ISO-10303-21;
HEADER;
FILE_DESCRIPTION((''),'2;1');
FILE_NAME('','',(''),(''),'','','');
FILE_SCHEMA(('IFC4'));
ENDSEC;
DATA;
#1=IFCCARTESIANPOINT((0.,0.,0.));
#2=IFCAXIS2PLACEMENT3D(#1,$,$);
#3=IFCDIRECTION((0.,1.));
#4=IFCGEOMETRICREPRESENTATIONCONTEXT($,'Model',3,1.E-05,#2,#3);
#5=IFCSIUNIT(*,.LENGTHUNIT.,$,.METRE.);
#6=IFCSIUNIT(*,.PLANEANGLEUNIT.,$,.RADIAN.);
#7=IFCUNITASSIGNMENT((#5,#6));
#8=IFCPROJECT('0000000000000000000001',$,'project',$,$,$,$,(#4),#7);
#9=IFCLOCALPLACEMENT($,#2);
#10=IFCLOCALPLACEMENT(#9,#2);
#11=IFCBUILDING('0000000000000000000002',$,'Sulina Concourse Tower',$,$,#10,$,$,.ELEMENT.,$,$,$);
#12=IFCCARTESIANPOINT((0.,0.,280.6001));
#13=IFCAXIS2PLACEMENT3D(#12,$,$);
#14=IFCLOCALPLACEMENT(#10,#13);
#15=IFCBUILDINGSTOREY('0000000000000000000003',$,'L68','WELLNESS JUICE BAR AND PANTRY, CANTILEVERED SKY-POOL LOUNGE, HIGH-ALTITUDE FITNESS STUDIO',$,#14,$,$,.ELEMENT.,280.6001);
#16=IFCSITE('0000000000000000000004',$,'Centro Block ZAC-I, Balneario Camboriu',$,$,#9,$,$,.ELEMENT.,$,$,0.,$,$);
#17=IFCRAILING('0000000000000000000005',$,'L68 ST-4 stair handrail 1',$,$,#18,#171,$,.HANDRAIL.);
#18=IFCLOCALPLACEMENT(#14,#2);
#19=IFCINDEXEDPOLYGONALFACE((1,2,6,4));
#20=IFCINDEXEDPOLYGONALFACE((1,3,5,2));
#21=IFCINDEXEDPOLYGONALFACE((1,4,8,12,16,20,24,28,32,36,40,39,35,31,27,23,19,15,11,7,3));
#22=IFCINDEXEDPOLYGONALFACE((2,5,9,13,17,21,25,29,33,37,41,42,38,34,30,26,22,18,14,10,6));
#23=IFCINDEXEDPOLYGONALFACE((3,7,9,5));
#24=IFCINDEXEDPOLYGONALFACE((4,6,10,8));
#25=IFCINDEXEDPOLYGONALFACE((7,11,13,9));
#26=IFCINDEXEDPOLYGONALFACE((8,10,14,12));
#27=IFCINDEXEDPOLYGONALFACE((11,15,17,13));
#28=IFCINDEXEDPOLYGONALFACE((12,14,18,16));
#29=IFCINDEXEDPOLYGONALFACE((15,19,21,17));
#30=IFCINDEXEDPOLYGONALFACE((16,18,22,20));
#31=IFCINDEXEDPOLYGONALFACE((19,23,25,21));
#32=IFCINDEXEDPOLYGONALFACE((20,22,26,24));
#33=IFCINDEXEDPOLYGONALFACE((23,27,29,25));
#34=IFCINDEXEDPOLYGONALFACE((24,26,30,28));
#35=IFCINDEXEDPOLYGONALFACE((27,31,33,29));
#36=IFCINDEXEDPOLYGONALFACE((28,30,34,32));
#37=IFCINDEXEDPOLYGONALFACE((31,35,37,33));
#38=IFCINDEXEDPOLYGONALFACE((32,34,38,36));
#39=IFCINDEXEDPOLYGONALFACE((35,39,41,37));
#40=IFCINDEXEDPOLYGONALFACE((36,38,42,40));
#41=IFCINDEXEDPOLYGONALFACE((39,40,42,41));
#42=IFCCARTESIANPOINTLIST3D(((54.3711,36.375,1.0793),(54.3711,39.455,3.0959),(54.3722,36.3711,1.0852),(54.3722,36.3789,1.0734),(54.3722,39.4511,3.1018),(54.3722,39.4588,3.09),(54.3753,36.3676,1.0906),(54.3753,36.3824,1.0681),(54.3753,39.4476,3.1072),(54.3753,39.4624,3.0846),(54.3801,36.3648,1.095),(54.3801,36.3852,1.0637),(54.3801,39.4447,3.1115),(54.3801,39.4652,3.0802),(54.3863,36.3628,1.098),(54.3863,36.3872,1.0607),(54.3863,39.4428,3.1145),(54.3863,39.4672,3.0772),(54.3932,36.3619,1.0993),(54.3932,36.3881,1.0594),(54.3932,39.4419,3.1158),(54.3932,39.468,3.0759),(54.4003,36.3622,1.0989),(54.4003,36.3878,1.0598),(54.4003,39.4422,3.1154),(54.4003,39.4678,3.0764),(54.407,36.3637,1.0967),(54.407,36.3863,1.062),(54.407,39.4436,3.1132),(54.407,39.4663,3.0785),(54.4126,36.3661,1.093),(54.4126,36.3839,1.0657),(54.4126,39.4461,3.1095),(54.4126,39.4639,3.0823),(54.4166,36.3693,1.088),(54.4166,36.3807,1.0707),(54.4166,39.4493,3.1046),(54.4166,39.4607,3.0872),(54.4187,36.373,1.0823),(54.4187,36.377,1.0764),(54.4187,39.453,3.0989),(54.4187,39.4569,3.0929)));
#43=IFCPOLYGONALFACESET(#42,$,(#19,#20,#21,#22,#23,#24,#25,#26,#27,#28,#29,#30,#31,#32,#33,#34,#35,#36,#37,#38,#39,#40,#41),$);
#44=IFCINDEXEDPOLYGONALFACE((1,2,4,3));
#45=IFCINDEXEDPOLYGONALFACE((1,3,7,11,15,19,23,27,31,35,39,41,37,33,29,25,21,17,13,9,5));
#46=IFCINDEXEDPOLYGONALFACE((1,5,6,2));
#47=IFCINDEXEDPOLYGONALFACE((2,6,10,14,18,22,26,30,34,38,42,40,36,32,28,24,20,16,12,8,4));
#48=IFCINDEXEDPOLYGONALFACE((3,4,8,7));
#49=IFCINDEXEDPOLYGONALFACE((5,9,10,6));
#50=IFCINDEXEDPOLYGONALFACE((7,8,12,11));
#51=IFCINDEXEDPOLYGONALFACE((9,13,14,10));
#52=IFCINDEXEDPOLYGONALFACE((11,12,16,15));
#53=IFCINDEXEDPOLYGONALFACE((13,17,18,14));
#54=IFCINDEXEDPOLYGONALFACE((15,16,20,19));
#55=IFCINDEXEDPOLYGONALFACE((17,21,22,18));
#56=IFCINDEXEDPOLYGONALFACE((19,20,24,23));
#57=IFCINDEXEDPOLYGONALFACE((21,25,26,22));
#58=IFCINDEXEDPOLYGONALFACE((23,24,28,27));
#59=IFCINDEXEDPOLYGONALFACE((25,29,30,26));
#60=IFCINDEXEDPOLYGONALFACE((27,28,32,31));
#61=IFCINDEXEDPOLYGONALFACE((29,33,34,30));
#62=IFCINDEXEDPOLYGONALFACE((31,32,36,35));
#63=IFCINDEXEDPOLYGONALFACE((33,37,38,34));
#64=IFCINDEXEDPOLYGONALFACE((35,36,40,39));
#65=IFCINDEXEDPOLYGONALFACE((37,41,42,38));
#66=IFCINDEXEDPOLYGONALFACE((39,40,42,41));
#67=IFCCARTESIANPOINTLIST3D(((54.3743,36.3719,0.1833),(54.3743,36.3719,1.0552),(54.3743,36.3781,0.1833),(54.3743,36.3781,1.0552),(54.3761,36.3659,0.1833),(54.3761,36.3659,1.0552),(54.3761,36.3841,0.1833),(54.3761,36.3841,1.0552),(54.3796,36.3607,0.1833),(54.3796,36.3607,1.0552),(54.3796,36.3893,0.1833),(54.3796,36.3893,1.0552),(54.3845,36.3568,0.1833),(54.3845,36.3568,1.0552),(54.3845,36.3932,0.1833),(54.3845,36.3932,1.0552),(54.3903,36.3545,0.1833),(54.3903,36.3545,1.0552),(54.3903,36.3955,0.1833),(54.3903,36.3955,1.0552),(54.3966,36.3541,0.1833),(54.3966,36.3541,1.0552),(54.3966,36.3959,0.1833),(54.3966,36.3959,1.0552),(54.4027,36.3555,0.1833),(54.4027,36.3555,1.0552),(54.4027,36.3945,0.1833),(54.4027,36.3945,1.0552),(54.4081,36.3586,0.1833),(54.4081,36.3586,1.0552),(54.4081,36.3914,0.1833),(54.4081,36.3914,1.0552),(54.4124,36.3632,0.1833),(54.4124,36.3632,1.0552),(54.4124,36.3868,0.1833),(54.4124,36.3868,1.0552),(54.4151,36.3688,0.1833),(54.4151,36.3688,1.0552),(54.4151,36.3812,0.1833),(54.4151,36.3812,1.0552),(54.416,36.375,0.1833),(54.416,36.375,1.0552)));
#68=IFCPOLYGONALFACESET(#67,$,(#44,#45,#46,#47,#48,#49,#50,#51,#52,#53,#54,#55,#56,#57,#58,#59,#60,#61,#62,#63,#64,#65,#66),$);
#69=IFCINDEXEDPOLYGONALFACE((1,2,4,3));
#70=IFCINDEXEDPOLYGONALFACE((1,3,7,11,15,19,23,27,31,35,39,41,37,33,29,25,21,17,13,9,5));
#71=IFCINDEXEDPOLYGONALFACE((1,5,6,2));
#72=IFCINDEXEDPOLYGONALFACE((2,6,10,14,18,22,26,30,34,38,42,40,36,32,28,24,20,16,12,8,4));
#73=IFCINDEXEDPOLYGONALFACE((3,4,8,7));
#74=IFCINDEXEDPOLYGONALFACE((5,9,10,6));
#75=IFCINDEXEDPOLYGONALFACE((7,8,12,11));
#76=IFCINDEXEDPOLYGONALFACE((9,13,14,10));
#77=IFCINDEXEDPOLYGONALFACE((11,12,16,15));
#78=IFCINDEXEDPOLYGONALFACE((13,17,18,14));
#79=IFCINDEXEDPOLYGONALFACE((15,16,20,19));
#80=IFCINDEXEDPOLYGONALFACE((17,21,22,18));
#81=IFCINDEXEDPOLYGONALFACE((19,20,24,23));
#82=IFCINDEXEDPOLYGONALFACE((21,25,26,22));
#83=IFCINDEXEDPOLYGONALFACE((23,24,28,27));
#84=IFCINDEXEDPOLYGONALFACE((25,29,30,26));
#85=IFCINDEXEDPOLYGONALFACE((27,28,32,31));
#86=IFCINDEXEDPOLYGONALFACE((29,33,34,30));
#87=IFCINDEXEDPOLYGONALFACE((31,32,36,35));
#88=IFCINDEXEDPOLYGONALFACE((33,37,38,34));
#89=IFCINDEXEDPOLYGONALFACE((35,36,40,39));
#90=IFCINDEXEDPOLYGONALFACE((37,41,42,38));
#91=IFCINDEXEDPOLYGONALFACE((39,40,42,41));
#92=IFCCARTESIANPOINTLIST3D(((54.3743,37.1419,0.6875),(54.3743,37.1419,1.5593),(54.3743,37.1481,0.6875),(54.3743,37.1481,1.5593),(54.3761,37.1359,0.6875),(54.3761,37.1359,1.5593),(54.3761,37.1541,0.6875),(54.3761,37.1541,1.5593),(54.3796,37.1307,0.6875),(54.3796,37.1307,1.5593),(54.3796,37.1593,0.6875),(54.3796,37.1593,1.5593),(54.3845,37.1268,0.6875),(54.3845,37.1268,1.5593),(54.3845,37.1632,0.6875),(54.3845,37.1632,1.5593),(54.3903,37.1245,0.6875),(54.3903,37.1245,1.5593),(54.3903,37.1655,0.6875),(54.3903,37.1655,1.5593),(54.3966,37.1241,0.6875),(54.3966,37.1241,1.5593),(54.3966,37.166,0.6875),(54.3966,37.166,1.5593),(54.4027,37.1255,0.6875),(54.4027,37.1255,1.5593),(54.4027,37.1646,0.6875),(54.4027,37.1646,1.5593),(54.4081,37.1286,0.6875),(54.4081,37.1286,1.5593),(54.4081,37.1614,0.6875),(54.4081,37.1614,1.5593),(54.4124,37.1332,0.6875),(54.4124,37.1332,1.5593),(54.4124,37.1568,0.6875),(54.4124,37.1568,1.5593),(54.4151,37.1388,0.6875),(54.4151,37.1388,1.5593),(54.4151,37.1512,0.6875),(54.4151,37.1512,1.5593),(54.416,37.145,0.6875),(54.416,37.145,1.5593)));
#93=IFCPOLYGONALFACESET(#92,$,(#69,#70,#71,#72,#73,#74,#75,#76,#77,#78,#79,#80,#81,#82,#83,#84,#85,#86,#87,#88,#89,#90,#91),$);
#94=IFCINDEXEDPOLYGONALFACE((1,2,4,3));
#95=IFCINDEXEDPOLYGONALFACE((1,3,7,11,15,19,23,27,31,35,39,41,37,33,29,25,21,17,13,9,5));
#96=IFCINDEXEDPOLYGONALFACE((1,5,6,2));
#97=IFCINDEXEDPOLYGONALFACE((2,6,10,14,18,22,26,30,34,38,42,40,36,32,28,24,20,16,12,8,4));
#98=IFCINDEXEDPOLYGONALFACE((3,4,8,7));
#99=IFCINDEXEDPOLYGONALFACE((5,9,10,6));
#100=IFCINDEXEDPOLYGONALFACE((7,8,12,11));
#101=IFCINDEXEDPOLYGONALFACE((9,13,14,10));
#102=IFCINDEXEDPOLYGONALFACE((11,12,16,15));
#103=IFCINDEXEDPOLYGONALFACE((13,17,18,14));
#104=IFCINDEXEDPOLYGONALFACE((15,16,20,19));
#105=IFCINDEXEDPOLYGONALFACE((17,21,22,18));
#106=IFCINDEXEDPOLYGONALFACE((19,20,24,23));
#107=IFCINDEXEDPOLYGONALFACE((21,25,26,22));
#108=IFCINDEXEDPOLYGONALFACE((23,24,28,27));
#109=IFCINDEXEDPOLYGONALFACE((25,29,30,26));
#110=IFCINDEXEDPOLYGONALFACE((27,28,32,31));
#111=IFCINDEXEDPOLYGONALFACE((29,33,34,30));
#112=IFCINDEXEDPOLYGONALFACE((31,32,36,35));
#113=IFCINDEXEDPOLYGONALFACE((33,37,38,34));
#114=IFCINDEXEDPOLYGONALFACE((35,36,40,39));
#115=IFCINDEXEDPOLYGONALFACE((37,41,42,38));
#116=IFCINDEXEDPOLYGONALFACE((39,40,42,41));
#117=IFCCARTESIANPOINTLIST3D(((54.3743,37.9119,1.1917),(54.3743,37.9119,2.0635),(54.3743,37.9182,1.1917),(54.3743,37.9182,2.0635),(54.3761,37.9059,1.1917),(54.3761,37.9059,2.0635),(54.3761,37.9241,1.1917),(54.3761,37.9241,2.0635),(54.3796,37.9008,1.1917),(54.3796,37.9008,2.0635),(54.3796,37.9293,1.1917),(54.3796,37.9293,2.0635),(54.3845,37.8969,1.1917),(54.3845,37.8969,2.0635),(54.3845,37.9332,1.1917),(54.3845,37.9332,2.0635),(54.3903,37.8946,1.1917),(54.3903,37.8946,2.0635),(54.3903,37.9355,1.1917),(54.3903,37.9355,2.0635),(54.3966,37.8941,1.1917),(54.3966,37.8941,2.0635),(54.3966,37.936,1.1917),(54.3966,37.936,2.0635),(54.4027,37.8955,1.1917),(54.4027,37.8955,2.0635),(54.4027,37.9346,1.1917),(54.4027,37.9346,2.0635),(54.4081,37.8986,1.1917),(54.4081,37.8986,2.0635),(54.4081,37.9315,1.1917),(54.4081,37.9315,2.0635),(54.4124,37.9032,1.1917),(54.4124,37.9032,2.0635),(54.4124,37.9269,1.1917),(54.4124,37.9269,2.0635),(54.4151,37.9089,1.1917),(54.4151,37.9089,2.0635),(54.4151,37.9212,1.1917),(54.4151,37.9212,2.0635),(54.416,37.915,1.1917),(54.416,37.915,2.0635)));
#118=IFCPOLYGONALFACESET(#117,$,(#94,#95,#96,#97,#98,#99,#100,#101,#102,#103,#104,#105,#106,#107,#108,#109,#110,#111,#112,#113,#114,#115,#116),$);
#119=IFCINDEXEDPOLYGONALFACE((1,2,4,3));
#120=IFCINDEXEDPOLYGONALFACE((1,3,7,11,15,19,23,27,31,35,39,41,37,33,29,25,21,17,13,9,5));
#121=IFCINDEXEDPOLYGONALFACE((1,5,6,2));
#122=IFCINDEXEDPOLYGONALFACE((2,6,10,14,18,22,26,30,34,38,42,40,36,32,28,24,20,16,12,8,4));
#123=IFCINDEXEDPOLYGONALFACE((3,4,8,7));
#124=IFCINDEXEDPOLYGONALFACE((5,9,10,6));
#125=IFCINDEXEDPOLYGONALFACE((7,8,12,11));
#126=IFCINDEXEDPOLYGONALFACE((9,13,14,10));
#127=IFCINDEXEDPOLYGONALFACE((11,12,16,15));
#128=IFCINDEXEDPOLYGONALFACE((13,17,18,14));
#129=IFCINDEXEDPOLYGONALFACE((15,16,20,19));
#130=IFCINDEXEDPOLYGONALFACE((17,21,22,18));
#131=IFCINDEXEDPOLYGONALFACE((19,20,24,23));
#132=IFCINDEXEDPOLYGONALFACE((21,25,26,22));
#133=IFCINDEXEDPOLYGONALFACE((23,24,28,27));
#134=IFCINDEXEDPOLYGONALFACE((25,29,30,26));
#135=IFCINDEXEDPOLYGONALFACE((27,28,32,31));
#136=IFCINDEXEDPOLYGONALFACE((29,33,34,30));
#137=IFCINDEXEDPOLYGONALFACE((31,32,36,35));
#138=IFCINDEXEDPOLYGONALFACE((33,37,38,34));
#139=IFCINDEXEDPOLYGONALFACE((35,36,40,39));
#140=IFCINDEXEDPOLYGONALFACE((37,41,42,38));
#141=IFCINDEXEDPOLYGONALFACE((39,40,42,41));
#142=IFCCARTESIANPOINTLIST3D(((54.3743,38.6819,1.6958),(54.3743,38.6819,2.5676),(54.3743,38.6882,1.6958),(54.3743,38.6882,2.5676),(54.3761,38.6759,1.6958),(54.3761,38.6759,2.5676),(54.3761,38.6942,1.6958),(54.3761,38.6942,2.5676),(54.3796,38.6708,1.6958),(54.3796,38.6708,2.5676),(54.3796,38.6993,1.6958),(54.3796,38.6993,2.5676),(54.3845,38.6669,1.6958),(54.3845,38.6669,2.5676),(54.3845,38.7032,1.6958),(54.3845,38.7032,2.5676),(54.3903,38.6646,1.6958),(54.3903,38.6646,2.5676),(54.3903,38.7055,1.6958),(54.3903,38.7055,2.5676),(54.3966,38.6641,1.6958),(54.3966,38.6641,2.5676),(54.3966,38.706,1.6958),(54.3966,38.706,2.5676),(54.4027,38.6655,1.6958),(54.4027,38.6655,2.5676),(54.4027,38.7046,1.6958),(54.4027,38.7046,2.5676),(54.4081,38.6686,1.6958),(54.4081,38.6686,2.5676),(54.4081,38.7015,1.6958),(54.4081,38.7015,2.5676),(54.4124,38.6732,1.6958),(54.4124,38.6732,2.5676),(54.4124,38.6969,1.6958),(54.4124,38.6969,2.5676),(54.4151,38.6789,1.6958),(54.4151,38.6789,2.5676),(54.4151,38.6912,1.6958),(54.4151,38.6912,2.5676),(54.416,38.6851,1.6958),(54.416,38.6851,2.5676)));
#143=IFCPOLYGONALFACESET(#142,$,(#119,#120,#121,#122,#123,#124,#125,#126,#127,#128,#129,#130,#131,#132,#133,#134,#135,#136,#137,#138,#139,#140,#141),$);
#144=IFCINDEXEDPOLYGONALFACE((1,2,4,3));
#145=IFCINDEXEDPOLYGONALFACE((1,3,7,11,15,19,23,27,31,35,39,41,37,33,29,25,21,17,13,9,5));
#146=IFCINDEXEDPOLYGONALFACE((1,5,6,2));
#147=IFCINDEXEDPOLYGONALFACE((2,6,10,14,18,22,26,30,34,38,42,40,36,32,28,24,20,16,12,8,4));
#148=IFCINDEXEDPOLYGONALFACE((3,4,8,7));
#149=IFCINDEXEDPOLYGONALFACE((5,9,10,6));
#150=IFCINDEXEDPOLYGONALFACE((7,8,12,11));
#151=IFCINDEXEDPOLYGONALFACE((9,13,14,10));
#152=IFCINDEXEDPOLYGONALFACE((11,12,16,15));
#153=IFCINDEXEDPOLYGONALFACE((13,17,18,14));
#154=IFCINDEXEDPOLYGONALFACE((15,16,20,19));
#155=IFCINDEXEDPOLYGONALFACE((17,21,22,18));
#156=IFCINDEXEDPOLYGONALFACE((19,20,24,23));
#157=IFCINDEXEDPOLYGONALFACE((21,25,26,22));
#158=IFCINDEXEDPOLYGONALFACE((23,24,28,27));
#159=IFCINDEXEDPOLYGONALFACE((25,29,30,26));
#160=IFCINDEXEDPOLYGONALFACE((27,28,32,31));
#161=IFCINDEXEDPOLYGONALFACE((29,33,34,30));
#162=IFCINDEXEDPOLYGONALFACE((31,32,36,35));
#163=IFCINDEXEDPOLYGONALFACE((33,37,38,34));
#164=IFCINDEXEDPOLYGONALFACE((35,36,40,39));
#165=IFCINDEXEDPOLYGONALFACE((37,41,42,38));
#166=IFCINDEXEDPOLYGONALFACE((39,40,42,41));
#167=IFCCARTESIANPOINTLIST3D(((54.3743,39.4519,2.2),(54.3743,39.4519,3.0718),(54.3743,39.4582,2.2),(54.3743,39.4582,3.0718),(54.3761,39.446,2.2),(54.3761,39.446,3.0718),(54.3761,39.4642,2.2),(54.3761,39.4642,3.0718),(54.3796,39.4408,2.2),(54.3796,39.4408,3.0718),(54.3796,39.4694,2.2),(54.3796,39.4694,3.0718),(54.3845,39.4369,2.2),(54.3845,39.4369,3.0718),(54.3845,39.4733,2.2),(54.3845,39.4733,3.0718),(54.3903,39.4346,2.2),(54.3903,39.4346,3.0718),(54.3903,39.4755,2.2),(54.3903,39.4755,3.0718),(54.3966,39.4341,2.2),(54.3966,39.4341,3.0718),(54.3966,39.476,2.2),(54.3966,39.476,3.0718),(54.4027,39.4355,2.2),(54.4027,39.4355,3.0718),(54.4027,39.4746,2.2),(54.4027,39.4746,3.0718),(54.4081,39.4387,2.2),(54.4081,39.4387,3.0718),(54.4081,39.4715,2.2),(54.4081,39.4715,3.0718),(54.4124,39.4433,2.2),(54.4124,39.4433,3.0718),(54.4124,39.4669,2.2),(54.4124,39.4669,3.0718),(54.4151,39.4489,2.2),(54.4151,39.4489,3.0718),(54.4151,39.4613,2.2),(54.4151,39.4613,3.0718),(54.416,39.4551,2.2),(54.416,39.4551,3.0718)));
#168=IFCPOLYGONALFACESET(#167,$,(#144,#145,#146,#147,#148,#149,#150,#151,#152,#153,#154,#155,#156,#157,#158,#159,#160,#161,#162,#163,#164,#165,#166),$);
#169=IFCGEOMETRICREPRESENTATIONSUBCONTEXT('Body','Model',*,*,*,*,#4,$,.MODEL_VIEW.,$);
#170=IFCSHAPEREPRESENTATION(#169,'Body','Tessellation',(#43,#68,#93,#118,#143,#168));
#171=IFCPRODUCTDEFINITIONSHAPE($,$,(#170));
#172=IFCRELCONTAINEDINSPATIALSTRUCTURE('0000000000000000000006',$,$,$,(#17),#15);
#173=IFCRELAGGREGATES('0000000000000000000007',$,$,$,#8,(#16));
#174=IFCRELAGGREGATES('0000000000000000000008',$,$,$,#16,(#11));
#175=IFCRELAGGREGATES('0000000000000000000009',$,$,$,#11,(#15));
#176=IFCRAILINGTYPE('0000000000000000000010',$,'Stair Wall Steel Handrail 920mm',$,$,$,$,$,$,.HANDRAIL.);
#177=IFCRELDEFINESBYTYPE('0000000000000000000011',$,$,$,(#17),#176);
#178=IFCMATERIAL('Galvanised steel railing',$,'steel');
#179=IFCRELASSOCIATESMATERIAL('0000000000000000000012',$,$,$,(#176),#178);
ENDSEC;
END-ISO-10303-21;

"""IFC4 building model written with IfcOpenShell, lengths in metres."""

from ifc_helpers import new_model, si_unit, direction, frame, origin, origin_2d, place, context, subcontext, project, spatial, circle, extrude, material, type_object, element, save


model = new_model("IFC4")

# Units and contexts
model_context = context("Model", 3, precision=1e-05, world=origin(), true_north=direction((0.0, 1.0)))
body_context = subcontext(model_context, "Body", "Model", "MODEL_VIEW")
ifc_project = project(units=[si_unit("LENGTHUNIT", "METRE"), si_unit("PLANEANGLEUNIT", "RADIAN")], contexts=[model_context])

# Site, building, storey
site_placement = place(None, origin())
site = spatial("IfcSite", under=ifc_project, at=site_placement, Name="Centro Block ZAC-I, Balneario Camboriu", CompositionType="ELEMENT", RefElevation=0.0)
building_placement = place(site_placement, origin())
building = spatial("IfcBuilding", under=site, at=building_placement, Name="Sulina Concourse Tower", CompositionType="ELEMENT")
storey_placement = place(building_placement, frame((0.0, 0.0, 280.6001)))
storey = spatial("IfcBuildingStorey", under=building, at=storey_placement, Name="L68", Description="WELLNESS JUICE BAR AND PANTRY, CANTILEVERED SKY-POOL LOUNGE, HIGH-ALTITUDE FITNESS STUDIO", CompositionType="ELEMENT", Elevation=280.6001)

# Railing
ifc_material_1 = material(Name="Galvanised steel railing", Category="steel")
railing_type_1 = type_object("IfcRailingType", Name="Stair Wall Steel Handrail 920mm", PredefinedType="HANDRAIL", material=ifc_material_1)
railing_1_placement = place(storey_placement, frame((54.395, 36.375, 0.1833)))
element("IfcRailing", 1, at=railing_1_placement, inside=storey, type_object=railing_type_1, Name="L68 ST-4 stair handrail 1", PredefinedType="HANDRAIL", context=body_context, shape_type="SweptSolid", body=[
    extrude(circle(Radius=0.0239, at=origin_2d()), frame((0.0, 0.0, 0.896), z_axis=(0.0, 0.836633, 0.547764), x_axis=(-1.0, 0.0, 0.0)), (0.0, 0.0, 1.0), 3.6814),
    extrude(circle(Radius=0.021, at=origin_2d()), origin(), (0.0, 0.0, 1.0), 0.8718),
    extrude(circle(Radius=0.021, at=origin_2d()), frame((0.0, 0.77, 0.5042)), (0.0, 0.0, 1.0), 0.8718),
    extrude(circle(Radius=0.021, at=origin_2d()), frame((0.0, 1.54, 1.0083)), (0.0, 0.0, 1.0), 0.8718),
    extrude(circle(Radius=0.021, at=origin_2d()), frame((0.0, 2.3101, 1.5125)), (0.0, 0.0, 1.0), 0.8718),
    extrude(circle(Radius=0.021, at=origin_2d()), frame((0.0, 3.0801, 2.0166)), (0.0, 0.0, 1.0), 0.8718),
])

save(model, "model.ifc")
